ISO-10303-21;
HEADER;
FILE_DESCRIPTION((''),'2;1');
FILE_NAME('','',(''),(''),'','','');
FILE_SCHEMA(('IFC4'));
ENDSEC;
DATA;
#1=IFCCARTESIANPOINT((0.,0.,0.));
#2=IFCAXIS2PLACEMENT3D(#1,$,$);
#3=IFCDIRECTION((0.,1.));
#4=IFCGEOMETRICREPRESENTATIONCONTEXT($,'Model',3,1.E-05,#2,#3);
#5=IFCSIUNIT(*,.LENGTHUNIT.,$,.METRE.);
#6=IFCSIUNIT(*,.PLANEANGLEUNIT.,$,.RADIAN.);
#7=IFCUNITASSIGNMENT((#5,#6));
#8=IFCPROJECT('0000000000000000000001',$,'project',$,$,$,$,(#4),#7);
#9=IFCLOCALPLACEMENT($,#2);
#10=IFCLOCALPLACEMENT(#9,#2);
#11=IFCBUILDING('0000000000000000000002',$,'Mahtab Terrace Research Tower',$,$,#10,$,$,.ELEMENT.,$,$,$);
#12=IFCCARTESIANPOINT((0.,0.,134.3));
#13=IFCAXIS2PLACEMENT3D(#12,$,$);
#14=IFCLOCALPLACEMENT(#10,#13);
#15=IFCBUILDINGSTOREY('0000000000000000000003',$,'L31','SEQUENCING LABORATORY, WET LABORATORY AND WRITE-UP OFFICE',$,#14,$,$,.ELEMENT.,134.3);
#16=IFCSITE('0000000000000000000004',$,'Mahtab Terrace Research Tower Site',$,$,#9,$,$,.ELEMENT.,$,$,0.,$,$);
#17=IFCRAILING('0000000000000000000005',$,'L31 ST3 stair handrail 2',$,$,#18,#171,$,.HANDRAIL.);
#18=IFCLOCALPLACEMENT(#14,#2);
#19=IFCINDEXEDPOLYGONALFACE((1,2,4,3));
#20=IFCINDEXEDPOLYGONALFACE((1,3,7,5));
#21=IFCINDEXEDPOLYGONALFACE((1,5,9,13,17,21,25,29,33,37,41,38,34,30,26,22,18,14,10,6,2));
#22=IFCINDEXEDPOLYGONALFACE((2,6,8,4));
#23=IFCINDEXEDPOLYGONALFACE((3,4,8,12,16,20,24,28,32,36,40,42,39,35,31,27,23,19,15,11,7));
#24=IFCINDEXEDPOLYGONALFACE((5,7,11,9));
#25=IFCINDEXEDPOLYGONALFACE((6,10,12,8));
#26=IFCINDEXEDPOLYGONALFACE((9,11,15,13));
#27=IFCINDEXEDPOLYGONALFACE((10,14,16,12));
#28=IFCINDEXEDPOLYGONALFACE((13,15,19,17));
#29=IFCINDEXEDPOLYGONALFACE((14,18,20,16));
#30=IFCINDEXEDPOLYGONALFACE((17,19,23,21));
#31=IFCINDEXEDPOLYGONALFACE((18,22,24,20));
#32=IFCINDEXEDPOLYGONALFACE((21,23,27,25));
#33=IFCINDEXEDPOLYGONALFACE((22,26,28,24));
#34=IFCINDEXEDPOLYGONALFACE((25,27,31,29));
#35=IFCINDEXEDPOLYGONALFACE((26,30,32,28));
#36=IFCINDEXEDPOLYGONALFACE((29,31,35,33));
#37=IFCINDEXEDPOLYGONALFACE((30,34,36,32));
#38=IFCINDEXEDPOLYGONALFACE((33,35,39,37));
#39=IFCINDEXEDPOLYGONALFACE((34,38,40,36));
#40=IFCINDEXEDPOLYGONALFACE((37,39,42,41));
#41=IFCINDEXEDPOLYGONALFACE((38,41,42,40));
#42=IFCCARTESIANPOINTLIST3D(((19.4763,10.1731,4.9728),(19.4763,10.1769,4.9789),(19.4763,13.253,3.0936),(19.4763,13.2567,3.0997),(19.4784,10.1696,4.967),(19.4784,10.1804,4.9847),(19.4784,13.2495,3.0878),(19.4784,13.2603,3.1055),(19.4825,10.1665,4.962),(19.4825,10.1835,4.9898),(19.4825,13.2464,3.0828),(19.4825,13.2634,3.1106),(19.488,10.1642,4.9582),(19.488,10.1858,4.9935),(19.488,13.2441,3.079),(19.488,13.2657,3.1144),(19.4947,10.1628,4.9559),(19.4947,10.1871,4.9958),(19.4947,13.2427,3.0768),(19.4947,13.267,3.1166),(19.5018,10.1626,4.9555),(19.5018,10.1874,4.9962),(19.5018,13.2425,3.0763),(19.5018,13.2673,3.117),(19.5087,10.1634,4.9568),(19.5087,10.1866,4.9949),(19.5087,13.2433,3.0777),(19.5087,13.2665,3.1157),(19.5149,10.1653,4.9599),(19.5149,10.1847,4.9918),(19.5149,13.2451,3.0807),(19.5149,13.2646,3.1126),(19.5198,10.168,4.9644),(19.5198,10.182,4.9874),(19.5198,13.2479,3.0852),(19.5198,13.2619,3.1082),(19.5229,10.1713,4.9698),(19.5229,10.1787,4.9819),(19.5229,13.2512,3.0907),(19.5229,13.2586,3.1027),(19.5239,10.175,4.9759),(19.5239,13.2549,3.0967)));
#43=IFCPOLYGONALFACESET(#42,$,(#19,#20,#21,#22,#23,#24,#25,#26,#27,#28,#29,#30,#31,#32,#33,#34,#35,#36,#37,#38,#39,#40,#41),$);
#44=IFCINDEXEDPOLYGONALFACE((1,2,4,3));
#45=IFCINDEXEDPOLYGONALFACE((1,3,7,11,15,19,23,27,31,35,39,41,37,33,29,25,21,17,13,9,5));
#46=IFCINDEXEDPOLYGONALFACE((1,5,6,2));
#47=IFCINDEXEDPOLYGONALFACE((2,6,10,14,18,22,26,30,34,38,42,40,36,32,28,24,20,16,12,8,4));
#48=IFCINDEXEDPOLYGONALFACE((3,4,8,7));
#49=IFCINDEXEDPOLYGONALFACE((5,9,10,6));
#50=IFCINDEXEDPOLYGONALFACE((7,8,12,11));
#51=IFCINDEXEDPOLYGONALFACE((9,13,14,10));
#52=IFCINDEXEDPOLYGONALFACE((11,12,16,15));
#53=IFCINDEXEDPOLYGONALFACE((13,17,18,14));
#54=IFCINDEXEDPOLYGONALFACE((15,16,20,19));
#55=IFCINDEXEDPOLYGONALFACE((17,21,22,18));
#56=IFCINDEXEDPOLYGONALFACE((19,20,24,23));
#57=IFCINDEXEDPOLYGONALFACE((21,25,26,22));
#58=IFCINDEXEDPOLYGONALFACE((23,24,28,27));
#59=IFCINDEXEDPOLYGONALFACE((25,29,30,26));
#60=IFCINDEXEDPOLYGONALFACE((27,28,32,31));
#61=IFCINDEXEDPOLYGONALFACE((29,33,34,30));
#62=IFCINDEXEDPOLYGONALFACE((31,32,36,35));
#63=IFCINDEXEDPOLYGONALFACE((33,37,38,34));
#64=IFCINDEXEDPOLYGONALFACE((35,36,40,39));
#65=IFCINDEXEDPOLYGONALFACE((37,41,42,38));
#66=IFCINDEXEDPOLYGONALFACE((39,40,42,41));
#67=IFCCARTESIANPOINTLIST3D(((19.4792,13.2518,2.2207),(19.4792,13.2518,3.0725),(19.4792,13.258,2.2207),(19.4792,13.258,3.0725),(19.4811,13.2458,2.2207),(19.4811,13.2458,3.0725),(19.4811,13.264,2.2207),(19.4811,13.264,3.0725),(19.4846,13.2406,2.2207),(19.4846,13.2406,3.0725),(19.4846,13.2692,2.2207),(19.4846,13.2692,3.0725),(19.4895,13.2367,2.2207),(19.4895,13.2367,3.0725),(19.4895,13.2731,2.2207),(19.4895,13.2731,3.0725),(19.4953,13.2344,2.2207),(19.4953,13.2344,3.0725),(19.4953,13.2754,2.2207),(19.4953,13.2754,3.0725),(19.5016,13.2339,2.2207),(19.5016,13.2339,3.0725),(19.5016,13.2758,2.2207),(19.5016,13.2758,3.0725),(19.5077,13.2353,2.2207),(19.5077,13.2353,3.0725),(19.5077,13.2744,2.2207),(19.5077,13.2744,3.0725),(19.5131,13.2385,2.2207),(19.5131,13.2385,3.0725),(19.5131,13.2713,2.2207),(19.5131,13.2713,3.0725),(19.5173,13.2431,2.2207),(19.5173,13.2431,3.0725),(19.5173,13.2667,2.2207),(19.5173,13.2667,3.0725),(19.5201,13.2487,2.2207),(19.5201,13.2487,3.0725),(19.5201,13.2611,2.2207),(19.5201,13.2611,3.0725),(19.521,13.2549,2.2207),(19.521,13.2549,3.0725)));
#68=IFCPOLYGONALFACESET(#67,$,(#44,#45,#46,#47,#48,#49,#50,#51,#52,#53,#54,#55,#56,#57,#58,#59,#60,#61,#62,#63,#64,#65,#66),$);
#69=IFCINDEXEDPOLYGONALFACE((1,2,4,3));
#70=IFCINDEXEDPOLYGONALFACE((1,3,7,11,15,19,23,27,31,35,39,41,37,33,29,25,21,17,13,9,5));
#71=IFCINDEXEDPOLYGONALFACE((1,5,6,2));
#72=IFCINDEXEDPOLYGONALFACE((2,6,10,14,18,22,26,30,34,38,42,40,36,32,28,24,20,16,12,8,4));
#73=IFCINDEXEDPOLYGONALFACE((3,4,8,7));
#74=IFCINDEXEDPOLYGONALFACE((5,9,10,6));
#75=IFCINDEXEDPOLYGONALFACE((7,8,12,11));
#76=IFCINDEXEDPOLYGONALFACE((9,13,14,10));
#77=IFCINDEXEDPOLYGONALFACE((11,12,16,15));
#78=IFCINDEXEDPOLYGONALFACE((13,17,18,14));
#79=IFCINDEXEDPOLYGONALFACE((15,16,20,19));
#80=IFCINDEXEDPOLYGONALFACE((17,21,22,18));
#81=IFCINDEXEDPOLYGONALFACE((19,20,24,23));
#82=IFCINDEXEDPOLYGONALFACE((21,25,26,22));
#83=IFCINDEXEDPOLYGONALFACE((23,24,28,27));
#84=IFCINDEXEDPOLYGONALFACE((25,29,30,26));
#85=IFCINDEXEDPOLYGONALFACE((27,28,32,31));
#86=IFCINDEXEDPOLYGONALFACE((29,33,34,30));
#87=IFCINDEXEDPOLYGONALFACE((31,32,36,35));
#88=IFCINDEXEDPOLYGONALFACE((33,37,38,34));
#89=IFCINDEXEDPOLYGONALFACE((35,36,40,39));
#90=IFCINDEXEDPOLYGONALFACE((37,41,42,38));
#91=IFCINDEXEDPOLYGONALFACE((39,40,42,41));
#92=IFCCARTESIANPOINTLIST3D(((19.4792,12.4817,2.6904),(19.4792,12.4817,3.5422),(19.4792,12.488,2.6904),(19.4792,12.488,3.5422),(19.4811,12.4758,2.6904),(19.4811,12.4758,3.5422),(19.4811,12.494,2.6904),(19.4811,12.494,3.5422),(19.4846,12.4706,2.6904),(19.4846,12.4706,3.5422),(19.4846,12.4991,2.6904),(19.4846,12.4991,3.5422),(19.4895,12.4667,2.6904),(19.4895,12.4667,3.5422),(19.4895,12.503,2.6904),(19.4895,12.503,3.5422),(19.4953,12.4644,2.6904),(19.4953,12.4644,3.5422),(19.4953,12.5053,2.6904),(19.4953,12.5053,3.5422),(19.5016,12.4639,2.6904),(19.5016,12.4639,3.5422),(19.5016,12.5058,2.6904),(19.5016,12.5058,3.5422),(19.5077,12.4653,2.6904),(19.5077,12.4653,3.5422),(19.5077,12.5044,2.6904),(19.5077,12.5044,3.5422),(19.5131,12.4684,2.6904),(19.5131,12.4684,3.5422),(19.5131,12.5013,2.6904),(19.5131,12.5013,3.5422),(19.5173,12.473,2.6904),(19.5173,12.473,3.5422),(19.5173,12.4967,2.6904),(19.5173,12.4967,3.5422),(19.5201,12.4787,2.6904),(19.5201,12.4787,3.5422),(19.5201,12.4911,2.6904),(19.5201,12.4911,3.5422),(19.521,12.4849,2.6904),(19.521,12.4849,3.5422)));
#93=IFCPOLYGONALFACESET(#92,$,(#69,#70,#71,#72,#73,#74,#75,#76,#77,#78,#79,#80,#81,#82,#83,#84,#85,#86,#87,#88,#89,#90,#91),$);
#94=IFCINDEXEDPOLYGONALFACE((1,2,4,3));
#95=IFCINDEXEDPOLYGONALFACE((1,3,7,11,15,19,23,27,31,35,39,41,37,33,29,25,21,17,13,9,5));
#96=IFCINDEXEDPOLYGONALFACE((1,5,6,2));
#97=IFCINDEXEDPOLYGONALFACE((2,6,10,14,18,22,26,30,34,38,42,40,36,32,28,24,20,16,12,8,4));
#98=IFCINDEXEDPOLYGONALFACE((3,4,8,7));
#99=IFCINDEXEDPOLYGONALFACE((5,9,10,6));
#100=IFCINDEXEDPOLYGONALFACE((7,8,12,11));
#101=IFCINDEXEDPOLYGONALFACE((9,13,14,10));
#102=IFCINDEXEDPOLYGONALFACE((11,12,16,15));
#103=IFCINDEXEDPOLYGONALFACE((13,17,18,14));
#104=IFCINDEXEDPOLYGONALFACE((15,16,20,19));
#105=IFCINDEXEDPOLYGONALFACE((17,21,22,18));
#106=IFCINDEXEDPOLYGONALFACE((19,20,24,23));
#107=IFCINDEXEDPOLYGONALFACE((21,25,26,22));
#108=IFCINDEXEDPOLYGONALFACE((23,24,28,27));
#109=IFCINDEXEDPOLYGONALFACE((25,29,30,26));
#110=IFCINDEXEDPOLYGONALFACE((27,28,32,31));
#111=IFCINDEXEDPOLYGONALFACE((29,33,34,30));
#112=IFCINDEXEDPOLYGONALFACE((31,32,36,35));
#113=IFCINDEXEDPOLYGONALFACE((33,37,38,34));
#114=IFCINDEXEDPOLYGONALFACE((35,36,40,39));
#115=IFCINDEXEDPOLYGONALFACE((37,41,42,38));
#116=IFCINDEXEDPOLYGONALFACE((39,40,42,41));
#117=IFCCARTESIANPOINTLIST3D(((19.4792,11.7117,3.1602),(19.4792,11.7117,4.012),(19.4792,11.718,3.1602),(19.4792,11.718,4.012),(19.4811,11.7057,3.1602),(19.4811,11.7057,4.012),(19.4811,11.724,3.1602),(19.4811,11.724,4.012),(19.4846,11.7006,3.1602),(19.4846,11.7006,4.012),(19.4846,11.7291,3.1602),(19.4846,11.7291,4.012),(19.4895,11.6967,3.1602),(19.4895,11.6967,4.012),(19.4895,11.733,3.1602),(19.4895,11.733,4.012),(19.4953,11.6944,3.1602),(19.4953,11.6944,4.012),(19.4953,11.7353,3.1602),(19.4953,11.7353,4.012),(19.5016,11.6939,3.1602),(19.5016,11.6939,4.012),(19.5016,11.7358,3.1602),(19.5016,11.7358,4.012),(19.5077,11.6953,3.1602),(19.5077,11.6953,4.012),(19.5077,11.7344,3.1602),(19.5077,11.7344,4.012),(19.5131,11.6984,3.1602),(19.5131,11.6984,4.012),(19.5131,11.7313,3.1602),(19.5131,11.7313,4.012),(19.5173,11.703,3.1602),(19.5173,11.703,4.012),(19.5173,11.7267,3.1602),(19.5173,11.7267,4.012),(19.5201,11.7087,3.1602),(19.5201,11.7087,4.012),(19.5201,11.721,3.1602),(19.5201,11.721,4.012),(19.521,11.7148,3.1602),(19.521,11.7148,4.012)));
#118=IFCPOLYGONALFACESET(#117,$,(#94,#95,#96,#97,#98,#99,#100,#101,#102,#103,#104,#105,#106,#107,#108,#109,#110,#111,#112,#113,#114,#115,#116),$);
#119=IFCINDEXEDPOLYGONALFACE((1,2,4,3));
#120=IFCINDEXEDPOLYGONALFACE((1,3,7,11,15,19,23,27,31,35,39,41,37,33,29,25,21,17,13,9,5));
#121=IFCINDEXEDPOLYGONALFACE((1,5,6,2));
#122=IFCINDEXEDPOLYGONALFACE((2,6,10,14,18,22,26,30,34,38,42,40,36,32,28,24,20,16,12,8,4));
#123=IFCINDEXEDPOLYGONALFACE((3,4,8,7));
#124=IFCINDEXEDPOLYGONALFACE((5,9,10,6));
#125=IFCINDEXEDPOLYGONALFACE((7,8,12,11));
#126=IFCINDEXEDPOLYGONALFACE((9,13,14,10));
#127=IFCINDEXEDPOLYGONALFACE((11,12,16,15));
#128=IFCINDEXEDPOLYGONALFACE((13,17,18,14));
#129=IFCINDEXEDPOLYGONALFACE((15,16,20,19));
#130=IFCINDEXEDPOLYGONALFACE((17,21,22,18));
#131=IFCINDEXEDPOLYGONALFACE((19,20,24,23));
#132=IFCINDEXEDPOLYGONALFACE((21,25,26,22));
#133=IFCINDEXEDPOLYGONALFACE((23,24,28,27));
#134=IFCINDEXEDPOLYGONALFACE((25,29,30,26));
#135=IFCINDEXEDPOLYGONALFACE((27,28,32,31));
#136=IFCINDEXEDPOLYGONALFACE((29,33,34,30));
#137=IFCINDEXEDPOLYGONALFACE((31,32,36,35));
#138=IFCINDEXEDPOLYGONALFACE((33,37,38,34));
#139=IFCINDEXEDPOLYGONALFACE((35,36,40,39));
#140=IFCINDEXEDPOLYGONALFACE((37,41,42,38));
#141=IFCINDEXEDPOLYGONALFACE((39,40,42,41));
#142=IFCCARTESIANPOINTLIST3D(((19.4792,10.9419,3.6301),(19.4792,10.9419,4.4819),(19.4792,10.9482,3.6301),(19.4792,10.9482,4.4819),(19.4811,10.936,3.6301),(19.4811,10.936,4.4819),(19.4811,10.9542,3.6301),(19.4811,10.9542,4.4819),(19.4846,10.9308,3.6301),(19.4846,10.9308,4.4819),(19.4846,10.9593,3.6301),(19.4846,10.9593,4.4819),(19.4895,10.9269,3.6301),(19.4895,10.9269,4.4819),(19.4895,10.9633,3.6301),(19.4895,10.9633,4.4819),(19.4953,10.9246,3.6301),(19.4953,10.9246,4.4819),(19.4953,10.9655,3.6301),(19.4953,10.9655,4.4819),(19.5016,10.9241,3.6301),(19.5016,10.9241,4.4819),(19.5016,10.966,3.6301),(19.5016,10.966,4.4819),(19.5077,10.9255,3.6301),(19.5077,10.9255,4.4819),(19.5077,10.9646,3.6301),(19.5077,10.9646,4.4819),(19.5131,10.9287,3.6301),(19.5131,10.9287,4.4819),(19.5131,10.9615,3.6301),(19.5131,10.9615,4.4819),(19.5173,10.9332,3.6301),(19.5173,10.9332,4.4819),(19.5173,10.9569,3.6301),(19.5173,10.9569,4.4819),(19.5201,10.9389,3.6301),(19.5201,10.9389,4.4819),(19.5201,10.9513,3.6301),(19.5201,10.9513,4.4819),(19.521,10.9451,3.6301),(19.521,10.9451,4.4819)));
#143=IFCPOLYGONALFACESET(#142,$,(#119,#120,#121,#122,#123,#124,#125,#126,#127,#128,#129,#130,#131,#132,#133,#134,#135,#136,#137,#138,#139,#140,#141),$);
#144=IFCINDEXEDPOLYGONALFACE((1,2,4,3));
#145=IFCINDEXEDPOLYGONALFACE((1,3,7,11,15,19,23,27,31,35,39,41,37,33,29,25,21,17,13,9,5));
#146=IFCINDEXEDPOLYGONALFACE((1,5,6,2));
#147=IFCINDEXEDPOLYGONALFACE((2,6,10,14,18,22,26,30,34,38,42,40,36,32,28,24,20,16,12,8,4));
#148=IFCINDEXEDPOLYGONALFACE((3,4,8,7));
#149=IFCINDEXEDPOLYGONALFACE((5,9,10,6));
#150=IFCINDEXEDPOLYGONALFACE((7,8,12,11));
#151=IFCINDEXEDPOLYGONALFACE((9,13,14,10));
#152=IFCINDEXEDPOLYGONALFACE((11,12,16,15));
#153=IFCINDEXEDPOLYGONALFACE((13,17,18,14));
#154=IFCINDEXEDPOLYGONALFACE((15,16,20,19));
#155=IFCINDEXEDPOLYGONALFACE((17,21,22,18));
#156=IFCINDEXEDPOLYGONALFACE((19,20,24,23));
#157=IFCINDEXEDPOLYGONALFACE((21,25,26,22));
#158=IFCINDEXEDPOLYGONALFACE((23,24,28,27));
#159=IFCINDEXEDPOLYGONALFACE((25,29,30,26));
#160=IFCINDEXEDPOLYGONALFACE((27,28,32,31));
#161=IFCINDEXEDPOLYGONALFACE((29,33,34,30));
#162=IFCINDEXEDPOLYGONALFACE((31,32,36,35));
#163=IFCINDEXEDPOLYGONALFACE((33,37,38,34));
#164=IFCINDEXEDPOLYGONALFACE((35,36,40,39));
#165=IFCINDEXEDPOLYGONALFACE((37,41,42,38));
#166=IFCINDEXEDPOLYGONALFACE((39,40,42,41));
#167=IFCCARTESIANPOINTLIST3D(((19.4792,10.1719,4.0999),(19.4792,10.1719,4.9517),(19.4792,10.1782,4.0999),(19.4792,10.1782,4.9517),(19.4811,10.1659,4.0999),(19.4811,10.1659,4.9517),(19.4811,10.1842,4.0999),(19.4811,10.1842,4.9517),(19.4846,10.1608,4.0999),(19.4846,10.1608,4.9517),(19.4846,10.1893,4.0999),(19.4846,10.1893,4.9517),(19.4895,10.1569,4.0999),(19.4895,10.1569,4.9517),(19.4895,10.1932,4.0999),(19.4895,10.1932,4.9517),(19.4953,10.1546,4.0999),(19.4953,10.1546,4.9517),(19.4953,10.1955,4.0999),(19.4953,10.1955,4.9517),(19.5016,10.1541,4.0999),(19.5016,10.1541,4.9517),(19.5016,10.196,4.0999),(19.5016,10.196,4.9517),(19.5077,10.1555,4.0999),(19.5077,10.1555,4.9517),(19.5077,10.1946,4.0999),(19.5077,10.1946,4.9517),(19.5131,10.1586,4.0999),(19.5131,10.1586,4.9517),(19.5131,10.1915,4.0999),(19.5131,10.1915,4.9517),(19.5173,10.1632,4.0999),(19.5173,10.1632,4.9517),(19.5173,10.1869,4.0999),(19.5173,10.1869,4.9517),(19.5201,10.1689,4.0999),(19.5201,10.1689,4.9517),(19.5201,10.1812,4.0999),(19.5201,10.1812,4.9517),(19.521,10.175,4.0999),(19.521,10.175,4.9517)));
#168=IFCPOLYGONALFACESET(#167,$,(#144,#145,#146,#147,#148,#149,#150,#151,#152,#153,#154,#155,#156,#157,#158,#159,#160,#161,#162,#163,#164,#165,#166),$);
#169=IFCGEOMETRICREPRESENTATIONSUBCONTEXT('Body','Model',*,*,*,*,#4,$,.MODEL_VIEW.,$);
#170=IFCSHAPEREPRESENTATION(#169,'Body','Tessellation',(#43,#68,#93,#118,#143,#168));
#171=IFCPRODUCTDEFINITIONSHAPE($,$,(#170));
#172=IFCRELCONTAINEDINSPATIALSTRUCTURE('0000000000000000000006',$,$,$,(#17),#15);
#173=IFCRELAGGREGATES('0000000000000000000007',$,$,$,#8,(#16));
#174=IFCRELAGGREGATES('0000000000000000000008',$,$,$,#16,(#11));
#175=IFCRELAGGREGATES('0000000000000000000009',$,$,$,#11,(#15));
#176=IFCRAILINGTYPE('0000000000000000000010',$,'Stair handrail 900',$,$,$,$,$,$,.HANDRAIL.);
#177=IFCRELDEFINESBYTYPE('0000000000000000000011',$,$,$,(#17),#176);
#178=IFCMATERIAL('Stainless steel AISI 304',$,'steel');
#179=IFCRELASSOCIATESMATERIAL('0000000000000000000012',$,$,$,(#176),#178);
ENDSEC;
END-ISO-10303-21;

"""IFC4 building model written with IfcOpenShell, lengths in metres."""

from ifc_helpers import new_model, si_unit, direction, frame, origin, origin_2d, place, context, subcontext, project, spatial, circle, extrude, material, type_object, element, save


model = new_model("IFC4")

# Units and contexts
model_context = context("Model", 3, precision=1e-05, world=origin(), true_north=direction((0.0, 1.0)))
body_context = subcontext(model_context, "Body", "Model", "MODEL_VIEW")
ifc_project = project(units=[si_unit("LENGTHUNIT", "METRE"), si_unit("PLANEANGLEUNIT", "RADIAN")], contexts=[model_context])

# Site, building, storey
site_placement = place(None, origin())
site = spatial("IfcSite", under=ifc_project, at=site_placement, Name="Mahtab Terrace Research Tower Site", CompositionType="ELEMENT", RefElevation=0.0)
building_placement = place(site_placement, origin())
building = spatial("IfcBuilding", under=site, at=building_placement, Name="Mahtab Terrace Research Tower", CompositionType="ELEMENT")
storey_placement = place(building_placement, frame((0.0, 0.0, 134.3)))
storey = spatial("IfcBuildingStorey", under=building, at=storey_placement, Name="L31", Description="SEQUENCING LABORATORY, WET LABORATORY AND WRITE-UP OFFICE", CompositionType="ELEMENT", Elevation=134.3)

# Railing
ifc_material_1 = material(Name="Stainless steel AISI 304", Category="steel")
railing_type_1 = type_object("IfcRailingType", Name="Stair handrail 900", PredefinedType="HANDRAIL", material=ifc_material_1)
railing_1_placement = place(storey_placement, frame((19.5, 13.2549, 2.2207)))
element("IfcRailing", 1, at=railing_1_placement, inside=storey, type_object=railing_type_1, Name="L31 ST3 stair handrail 2", PredefinedType="HANDRAIL", context=body_context, shape_type="SweptSolid", body=[
    extrude(circle(Radius=0.0239, at=origin_2d()), frame((0.0, 0.0, 0.876), z_axis=(0.0, -0.853648, 0.52085), x_axis=(1.0, 0.0, 0.0)), (0.0, 0.0, 1.0), 3.6079),
    extrude(circle(Radius=0.021, at=origin_2d()), origin(), (0.0, 0.0, 1.0), 0.8518),
    extrude(circle(Radius=0.021, at=origin_2d()), frame((0.0, -0.77, 0.4697)), (0.0, 0.0, 1.0), 0.8518),
    extrude(circle(Radius=0.021, at=origin_2d()), frame((0.0, -1.54, 0.9395)), (0.0, 0.0, 1.0), 0.8518),
    extrude(circle(Radius=0.021, at=origin_2d()), frame((0.0, -2.3098, 1.4094)), (0.0, 0.0, 1.0), 0.8518),
    extrude(circle(Radius=0.021, at=origin_2d()), frame((0.0, -3.0798, 1.8792)), (0.0, 0.0, 1.0), 0.8518),
])

save(model, "model.ifc")
